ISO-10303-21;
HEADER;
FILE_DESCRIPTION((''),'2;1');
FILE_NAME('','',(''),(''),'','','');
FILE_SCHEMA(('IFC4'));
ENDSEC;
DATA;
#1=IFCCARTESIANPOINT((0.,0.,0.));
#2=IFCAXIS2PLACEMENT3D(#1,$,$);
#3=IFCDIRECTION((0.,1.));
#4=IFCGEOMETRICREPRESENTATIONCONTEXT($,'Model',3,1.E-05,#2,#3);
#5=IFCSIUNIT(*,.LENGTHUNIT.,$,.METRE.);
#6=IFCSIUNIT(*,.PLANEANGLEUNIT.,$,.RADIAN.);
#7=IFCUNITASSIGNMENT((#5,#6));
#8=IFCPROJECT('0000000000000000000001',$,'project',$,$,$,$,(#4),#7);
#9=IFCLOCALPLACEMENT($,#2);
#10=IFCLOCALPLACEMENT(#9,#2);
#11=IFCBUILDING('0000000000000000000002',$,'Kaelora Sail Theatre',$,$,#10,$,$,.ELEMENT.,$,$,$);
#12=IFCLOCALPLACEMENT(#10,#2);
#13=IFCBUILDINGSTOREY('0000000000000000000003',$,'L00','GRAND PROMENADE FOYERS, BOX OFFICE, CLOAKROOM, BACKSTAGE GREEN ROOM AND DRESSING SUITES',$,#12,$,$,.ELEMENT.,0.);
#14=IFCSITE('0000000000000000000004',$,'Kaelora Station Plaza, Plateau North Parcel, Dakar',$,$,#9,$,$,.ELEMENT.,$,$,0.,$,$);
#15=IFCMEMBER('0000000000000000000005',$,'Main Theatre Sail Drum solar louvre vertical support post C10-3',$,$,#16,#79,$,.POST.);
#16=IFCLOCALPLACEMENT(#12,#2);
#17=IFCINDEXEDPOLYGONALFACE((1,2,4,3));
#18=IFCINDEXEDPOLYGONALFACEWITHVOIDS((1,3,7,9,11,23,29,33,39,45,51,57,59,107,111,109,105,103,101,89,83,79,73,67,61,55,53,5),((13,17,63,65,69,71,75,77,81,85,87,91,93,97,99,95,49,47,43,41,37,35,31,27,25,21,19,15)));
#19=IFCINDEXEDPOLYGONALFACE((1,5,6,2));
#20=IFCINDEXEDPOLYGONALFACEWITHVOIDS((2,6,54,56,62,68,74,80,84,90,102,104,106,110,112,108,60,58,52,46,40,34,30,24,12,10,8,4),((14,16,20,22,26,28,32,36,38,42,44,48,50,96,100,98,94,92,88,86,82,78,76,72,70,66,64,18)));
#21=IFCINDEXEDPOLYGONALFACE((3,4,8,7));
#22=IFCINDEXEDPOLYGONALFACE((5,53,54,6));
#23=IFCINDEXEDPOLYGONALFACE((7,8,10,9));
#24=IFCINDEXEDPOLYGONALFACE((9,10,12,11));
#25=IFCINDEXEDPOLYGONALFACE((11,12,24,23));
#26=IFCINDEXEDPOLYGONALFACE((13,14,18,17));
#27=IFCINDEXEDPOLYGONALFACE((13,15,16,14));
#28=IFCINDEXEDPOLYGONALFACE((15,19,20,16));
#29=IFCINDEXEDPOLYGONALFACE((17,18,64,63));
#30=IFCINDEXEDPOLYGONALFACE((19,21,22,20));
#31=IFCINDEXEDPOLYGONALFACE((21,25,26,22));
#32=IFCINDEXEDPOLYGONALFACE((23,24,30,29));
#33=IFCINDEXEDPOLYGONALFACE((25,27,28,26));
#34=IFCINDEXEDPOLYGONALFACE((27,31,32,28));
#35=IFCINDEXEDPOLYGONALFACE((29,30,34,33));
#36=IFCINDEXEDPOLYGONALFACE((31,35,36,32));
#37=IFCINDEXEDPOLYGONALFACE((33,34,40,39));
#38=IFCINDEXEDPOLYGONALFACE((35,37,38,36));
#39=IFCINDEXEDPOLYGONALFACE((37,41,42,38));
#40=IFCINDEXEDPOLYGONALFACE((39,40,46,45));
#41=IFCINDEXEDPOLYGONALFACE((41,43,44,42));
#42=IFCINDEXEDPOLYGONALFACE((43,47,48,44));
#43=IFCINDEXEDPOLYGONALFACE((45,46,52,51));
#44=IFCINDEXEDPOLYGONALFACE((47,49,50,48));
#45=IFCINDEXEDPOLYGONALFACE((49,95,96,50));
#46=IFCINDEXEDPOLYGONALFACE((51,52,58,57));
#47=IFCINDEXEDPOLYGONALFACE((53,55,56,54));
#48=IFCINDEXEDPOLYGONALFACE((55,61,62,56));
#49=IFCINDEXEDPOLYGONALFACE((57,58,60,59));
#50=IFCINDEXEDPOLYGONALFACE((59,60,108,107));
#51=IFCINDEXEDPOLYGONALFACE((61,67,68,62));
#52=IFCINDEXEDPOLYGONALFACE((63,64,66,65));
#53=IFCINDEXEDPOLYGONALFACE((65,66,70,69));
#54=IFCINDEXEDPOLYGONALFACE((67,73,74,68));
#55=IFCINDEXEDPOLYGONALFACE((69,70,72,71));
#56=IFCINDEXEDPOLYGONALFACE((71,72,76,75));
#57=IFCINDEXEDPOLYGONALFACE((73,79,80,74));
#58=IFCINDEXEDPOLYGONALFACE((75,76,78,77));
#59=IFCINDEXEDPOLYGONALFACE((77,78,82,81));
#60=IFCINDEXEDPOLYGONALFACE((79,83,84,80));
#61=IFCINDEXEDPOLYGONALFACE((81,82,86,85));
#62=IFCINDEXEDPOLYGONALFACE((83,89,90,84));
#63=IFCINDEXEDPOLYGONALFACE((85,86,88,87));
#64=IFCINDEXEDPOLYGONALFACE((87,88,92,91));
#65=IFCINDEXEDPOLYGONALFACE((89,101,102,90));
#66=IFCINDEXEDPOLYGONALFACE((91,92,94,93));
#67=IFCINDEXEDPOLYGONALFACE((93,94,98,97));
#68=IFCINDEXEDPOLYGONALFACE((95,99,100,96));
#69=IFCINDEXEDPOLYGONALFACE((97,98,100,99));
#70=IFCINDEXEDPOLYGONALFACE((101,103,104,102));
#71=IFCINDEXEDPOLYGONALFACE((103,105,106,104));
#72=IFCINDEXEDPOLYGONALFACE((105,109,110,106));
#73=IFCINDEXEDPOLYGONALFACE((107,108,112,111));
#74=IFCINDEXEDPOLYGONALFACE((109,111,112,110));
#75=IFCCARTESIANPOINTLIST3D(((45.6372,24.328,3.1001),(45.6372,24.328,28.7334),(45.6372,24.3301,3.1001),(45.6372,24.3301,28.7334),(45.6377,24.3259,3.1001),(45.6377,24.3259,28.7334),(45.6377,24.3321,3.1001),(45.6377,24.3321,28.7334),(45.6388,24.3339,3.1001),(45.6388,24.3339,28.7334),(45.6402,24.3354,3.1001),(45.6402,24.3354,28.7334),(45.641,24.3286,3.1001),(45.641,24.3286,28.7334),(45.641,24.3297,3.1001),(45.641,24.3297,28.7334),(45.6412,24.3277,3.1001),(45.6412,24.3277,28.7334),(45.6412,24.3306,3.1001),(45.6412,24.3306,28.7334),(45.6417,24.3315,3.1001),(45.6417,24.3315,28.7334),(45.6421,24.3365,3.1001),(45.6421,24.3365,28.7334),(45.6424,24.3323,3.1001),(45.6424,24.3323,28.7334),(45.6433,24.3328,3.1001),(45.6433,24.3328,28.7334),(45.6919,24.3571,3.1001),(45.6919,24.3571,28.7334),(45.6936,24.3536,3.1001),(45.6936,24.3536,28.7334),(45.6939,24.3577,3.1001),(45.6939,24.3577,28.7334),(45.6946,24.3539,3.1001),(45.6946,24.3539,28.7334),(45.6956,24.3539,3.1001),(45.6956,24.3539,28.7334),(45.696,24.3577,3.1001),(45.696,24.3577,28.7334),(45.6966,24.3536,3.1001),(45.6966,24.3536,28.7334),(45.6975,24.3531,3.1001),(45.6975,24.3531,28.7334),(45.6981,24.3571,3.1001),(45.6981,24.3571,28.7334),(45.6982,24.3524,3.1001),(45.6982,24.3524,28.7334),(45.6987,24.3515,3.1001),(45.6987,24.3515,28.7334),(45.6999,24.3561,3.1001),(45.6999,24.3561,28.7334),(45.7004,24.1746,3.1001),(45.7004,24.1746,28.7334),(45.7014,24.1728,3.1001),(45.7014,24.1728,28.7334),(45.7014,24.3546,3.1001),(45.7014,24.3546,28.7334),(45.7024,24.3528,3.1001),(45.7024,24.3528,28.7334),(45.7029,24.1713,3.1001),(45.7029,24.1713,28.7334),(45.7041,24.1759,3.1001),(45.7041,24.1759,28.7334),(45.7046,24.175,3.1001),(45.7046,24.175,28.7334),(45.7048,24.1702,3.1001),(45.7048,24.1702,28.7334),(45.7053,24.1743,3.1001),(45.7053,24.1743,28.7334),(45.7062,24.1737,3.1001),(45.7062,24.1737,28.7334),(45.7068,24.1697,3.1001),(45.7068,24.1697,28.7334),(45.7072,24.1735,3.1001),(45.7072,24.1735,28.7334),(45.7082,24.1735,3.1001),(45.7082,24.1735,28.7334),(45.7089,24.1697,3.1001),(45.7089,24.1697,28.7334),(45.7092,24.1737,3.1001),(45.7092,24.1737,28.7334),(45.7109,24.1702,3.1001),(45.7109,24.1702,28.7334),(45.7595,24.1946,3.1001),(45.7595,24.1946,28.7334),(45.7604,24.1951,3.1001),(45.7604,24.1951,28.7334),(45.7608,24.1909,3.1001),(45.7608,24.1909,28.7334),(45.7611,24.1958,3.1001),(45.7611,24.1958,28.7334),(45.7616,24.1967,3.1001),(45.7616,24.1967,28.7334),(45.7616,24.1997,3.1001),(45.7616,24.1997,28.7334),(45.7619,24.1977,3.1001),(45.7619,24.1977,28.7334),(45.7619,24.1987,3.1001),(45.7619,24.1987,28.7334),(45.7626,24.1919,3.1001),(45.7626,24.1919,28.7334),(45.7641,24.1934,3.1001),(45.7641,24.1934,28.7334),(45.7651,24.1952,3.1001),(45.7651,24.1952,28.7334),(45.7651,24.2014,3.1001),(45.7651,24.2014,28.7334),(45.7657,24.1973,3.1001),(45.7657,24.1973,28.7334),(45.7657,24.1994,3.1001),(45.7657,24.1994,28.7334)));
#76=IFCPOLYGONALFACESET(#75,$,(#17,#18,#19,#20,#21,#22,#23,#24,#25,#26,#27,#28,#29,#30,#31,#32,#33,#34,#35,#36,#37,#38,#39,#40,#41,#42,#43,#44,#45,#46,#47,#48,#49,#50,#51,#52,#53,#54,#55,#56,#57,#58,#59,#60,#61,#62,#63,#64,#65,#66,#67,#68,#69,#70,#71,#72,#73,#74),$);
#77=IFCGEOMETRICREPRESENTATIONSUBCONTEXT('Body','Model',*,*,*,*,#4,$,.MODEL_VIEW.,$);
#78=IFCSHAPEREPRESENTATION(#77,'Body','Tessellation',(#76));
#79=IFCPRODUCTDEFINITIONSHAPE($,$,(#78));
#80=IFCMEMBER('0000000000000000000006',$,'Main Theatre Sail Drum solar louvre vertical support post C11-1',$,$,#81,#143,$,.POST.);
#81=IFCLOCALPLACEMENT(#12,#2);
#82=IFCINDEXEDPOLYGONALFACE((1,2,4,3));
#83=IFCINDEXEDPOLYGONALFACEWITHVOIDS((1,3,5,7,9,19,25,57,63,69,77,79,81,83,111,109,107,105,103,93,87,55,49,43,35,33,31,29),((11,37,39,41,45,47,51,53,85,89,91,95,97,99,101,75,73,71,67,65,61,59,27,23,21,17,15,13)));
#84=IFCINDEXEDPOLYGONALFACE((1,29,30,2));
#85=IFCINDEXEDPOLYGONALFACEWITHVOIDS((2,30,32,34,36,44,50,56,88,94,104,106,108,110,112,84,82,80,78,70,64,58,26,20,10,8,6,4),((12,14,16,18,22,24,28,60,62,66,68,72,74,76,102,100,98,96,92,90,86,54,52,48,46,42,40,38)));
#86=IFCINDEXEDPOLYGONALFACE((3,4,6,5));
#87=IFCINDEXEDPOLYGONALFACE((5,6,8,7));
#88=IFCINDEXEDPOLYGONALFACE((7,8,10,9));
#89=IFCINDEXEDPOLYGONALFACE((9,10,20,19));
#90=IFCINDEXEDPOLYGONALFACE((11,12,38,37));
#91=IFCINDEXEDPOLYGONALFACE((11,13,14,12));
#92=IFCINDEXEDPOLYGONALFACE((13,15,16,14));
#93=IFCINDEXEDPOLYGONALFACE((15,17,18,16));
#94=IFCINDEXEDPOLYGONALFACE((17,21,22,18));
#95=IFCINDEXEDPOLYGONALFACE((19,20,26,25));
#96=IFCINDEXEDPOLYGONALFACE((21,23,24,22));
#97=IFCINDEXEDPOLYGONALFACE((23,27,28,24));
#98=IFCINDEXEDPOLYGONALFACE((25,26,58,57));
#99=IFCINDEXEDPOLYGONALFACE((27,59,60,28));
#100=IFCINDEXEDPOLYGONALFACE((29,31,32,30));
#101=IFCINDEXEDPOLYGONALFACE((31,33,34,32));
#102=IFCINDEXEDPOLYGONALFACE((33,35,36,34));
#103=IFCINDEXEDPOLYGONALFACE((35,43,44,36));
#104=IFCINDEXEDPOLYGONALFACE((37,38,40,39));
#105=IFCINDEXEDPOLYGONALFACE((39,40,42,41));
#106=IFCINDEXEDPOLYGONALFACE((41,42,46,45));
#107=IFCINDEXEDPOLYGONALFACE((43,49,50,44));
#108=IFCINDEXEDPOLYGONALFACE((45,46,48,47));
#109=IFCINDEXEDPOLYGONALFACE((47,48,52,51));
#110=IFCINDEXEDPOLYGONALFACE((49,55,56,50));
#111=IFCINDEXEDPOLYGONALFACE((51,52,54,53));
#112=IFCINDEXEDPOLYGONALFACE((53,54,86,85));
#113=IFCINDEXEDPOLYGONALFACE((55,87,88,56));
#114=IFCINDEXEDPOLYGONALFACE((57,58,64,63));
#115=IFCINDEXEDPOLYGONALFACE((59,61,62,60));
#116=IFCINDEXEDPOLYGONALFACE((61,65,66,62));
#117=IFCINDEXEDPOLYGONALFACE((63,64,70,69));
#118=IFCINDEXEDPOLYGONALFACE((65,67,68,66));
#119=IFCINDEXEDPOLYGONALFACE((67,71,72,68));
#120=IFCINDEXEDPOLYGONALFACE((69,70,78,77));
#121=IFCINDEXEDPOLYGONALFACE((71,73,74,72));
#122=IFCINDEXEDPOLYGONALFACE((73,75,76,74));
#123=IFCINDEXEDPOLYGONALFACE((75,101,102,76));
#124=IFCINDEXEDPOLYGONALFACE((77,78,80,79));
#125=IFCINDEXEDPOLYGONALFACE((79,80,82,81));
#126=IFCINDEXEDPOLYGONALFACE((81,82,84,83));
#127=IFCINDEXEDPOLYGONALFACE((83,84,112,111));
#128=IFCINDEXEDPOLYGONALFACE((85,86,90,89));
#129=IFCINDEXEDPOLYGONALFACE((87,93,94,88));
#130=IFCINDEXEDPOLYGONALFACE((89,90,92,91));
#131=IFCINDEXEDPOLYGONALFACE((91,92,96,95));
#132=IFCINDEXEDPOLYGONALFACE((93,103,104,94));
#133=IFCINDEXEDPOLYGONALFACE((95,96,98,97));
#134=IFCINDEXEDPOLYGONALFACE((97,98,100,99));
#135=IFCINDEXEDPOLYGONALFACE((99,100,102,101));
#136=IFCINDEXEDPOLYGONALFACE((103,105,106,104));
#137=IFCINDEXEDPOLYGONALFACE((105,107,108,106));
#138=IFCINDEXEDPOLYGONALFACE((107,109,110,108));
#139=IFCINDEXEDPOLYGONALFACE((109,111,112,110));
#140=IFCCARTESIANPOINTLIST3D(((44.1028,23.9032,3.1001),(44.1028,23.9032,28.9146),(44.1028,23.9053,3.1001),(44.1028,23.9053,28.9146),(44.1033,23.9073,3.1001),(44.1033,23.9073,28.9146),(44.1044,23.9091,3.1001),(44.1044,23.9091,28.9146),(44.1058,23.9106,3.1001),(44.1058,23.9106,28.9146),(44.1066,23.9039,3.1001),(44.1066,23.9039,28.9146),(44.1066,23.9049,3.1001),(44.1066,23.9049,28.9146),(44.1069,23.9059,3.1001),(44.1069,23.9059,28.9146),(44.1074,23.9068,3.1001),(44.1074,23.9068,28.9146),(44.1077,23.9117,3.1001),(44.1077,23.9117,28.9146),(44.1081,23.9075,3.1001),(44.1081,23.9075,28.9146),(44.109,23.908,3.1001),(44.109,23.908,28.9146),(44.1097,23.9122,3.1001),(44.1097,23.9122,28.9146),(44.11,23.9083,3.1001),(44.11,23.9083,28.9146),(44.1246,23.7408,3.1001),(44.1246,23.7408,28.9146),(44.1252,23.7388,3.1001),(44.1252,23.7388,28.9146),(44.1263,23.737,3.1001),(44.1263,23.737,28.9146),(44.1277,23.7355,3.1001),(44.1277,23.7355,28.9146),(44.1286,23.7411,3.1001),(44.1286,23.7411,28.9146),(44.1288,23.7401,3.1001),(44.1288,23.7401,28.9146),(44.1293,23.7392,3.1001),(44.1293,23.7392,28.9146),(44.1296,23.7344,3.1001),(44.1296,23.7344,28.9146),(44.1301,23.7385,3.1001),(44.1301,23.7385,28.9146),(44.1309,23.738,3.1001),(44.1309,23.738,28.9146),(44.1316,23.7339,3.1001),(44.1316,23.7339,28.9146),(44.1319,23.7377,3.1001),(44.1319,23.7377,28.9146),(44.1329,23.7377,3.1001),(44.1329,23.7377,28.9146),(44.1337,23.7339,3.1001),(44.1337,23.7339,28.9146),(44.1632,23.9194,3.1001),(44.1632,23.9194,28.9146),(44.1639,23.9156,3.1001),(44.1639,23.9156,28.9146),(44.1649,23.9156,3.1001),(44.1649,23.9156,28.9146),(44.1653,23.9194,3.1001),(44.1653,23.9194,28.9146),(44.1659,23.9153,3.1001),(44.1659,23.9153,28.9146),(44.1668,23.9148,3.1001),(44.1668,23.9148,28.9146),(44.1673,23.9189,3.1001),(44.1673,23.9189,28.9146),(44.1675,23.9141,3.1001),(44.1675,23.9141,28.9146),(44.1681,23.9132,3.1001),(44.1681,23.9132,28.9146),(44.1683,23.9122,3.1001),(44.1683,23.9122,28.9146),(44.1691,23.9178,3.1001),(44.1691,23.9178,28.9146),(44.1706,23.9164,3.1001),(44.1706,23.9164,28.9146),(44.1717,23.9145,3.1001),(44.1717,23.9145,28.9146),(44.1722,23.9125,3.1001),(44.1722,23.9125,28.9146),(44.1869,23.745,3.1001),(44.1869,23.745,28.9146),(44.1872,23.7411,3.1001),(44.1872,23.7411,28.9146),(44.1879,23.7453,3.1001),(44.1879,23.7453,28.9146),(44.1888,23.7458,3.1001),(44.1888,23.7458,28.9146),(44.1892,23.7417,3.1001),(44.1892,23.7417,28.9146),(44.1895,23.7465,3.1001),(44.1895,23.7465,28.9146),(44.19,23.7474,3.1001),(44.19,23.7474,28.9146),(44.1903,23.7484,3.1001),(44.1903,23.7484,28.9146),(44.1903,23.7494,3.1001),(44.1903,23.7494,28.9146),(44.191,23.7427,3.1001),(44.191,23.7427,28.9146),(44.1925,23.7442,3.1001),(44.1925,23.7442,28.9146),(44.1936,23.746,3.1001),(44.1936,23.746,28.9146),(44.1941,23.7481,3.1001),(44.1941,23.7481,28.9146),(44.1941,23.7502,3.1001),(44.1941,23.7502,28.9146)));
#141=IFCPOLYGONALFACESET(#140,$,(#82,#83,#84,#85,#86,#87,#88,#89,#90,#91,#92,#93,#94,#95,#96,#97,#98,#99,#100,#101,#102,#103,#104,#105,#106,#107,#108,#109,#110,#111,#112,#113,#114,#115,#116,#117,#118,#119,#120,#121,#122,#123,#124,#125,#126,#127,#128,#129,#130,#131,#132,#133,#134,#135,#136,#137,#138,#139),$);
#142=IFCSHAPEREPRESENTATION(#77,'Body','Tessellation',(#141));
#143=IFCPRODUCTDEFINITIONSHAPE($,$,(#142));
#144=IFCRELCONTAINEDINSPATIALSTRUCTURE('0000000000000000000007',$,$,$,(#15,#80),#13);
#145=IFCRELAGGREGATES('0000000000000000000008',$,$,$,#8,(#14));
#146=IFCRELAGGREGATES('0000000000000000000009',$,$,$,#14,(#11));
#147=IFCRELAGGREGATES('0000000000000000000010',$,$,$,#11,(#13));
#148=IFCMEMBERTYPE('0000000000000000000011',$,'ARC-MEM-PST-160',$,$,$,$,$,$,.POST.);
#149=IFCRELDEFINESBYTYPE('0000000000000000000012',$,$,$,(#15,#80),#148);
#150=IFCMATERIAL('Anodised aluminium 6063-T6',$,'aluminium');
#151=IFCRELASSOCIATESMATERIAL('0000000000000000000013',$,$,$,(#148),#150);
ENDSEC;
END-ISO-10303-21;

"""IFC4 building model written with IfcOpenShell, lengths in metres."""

from ifc_helpers import new_model, si_unit, direction, frame, origin, origin_2d, place, context, subcontext, project, spatial, hollow_rectangle, extrude, material, material_profile, profile_set, type_object, element, save


model = new_model("IFC4")

# Units and contexts
model_context = context("Model", 3, precision=1e-05, world=origin(), true_north=direction((0.0, 1.0)))
body_context = subcontext(model_context, "Body", "Model", "MODEL_VIEW")
ifc_project = project(units=[si_unit("LENGTHUNIT", "METRE"), si_unit("PLANEANGLEUNIT", "RADIAN")], contexts=[model_context])

# Site, building, storey
site_placement = place(None, origin())
site = spatial("IfcSite", under=ifc_project, at=site_placement, Name="Kaelora Station Plaza, Plateau North Parcel, Dakar", CompositionType="ELEMENT", RefElevation=0.0)
building_placement = place(site_placement, origin())
building = spatial("IfcBuilding", under=site, at=building_placement, Name="Kaelora Sail Theatre", CompositionType="ELEMENT")
storey_placement = place(building_placement, origin())
storey = spatial("IfcBuildingStorey", under=building, at=storey_placement, Name="L00", Description="GRAND PROMENADE FOYERS, BOX OFFICE, CLOAKROOM, BACKSTAGE GREEN ROOM AND DRESSING SUITES", CompositionType="ELEMENT", Elevation=0.0)

# Members
ifc_material_1 = material(Name="Anodised aluminium 6063-T6", Category="aluminium")
ifc_material_profile_1 = material_profile(ifc_material_1, hollow_rectangle(XDim=0.0701, YDim=0.1799, WallThickness=0.0039, InnerFilletRadius=0.0039, OuterFilletRadius=0.0081, at=origin_2d()), Name="ALU-MULL 70x180x4")
ifc_profile_set_1 = profile_set([ifc_material_profile_1], Name="Anodised aluminium 6063-T6")
member_type_1 = type_object("IfcMemberType", Name="ARC-MEM-PST-160", PredefinedType="POST", material=ifc_profile_set_1)
member_placement = place(storey_placement, frame((45.7014, 24.2637, 3.1001), z_axis=(0.0, 0.0, 1.0), x_axis=(-0.92388, -0.382683, 0.0)))
element("IfcMember", 1, at=member_placement, inside=storey, type_object=member_type_1, Name="Main Theatre Sail Drum solar louvre vertical support post C10-3", PredefinedType="POST", context=body_context, shape_type="SweptSolid", body=[
    extrude(hollow_rectangle(XDim=0.0701, YDim=0.1799, WallThickness=0.0039, InnerFilletRadius=0.0039, OuterFilletRadius=0.0081, at=origin_2d()), origin(), (0.0, 0.0, 1.0), 25.6333),
])
for number, where, z_axis, x_axis, name in (
    (2, (44.1484, 23.8267, 3.1001), (0.0, 0.0, 1.0), (-0.991053, -0.133467, 0.0), "Main Theatre Sail Drum solar louvre vertical support post C11-1"),
):
    element("IfcMember", number, at=place(storey_placement, frame(where, z_axis=z_axis, x_axis=x_axis)), inside=storey, type_object=member_type_1, Name=name, PredefinedType="POST", context=body_context, shape_type="SweptSolid", body=[
        extrude(hollow_rectangle(XDim=0.0701, YDim=0.1799, WallThickness=0.0039, InnerFilletRadius=0.0039, OuterFilletRadius=0.0081, at=origin_2d()), origin(), (0.0, 0.0, 1.0), 25.8145),
    ])

save(model, "model.ifc")
